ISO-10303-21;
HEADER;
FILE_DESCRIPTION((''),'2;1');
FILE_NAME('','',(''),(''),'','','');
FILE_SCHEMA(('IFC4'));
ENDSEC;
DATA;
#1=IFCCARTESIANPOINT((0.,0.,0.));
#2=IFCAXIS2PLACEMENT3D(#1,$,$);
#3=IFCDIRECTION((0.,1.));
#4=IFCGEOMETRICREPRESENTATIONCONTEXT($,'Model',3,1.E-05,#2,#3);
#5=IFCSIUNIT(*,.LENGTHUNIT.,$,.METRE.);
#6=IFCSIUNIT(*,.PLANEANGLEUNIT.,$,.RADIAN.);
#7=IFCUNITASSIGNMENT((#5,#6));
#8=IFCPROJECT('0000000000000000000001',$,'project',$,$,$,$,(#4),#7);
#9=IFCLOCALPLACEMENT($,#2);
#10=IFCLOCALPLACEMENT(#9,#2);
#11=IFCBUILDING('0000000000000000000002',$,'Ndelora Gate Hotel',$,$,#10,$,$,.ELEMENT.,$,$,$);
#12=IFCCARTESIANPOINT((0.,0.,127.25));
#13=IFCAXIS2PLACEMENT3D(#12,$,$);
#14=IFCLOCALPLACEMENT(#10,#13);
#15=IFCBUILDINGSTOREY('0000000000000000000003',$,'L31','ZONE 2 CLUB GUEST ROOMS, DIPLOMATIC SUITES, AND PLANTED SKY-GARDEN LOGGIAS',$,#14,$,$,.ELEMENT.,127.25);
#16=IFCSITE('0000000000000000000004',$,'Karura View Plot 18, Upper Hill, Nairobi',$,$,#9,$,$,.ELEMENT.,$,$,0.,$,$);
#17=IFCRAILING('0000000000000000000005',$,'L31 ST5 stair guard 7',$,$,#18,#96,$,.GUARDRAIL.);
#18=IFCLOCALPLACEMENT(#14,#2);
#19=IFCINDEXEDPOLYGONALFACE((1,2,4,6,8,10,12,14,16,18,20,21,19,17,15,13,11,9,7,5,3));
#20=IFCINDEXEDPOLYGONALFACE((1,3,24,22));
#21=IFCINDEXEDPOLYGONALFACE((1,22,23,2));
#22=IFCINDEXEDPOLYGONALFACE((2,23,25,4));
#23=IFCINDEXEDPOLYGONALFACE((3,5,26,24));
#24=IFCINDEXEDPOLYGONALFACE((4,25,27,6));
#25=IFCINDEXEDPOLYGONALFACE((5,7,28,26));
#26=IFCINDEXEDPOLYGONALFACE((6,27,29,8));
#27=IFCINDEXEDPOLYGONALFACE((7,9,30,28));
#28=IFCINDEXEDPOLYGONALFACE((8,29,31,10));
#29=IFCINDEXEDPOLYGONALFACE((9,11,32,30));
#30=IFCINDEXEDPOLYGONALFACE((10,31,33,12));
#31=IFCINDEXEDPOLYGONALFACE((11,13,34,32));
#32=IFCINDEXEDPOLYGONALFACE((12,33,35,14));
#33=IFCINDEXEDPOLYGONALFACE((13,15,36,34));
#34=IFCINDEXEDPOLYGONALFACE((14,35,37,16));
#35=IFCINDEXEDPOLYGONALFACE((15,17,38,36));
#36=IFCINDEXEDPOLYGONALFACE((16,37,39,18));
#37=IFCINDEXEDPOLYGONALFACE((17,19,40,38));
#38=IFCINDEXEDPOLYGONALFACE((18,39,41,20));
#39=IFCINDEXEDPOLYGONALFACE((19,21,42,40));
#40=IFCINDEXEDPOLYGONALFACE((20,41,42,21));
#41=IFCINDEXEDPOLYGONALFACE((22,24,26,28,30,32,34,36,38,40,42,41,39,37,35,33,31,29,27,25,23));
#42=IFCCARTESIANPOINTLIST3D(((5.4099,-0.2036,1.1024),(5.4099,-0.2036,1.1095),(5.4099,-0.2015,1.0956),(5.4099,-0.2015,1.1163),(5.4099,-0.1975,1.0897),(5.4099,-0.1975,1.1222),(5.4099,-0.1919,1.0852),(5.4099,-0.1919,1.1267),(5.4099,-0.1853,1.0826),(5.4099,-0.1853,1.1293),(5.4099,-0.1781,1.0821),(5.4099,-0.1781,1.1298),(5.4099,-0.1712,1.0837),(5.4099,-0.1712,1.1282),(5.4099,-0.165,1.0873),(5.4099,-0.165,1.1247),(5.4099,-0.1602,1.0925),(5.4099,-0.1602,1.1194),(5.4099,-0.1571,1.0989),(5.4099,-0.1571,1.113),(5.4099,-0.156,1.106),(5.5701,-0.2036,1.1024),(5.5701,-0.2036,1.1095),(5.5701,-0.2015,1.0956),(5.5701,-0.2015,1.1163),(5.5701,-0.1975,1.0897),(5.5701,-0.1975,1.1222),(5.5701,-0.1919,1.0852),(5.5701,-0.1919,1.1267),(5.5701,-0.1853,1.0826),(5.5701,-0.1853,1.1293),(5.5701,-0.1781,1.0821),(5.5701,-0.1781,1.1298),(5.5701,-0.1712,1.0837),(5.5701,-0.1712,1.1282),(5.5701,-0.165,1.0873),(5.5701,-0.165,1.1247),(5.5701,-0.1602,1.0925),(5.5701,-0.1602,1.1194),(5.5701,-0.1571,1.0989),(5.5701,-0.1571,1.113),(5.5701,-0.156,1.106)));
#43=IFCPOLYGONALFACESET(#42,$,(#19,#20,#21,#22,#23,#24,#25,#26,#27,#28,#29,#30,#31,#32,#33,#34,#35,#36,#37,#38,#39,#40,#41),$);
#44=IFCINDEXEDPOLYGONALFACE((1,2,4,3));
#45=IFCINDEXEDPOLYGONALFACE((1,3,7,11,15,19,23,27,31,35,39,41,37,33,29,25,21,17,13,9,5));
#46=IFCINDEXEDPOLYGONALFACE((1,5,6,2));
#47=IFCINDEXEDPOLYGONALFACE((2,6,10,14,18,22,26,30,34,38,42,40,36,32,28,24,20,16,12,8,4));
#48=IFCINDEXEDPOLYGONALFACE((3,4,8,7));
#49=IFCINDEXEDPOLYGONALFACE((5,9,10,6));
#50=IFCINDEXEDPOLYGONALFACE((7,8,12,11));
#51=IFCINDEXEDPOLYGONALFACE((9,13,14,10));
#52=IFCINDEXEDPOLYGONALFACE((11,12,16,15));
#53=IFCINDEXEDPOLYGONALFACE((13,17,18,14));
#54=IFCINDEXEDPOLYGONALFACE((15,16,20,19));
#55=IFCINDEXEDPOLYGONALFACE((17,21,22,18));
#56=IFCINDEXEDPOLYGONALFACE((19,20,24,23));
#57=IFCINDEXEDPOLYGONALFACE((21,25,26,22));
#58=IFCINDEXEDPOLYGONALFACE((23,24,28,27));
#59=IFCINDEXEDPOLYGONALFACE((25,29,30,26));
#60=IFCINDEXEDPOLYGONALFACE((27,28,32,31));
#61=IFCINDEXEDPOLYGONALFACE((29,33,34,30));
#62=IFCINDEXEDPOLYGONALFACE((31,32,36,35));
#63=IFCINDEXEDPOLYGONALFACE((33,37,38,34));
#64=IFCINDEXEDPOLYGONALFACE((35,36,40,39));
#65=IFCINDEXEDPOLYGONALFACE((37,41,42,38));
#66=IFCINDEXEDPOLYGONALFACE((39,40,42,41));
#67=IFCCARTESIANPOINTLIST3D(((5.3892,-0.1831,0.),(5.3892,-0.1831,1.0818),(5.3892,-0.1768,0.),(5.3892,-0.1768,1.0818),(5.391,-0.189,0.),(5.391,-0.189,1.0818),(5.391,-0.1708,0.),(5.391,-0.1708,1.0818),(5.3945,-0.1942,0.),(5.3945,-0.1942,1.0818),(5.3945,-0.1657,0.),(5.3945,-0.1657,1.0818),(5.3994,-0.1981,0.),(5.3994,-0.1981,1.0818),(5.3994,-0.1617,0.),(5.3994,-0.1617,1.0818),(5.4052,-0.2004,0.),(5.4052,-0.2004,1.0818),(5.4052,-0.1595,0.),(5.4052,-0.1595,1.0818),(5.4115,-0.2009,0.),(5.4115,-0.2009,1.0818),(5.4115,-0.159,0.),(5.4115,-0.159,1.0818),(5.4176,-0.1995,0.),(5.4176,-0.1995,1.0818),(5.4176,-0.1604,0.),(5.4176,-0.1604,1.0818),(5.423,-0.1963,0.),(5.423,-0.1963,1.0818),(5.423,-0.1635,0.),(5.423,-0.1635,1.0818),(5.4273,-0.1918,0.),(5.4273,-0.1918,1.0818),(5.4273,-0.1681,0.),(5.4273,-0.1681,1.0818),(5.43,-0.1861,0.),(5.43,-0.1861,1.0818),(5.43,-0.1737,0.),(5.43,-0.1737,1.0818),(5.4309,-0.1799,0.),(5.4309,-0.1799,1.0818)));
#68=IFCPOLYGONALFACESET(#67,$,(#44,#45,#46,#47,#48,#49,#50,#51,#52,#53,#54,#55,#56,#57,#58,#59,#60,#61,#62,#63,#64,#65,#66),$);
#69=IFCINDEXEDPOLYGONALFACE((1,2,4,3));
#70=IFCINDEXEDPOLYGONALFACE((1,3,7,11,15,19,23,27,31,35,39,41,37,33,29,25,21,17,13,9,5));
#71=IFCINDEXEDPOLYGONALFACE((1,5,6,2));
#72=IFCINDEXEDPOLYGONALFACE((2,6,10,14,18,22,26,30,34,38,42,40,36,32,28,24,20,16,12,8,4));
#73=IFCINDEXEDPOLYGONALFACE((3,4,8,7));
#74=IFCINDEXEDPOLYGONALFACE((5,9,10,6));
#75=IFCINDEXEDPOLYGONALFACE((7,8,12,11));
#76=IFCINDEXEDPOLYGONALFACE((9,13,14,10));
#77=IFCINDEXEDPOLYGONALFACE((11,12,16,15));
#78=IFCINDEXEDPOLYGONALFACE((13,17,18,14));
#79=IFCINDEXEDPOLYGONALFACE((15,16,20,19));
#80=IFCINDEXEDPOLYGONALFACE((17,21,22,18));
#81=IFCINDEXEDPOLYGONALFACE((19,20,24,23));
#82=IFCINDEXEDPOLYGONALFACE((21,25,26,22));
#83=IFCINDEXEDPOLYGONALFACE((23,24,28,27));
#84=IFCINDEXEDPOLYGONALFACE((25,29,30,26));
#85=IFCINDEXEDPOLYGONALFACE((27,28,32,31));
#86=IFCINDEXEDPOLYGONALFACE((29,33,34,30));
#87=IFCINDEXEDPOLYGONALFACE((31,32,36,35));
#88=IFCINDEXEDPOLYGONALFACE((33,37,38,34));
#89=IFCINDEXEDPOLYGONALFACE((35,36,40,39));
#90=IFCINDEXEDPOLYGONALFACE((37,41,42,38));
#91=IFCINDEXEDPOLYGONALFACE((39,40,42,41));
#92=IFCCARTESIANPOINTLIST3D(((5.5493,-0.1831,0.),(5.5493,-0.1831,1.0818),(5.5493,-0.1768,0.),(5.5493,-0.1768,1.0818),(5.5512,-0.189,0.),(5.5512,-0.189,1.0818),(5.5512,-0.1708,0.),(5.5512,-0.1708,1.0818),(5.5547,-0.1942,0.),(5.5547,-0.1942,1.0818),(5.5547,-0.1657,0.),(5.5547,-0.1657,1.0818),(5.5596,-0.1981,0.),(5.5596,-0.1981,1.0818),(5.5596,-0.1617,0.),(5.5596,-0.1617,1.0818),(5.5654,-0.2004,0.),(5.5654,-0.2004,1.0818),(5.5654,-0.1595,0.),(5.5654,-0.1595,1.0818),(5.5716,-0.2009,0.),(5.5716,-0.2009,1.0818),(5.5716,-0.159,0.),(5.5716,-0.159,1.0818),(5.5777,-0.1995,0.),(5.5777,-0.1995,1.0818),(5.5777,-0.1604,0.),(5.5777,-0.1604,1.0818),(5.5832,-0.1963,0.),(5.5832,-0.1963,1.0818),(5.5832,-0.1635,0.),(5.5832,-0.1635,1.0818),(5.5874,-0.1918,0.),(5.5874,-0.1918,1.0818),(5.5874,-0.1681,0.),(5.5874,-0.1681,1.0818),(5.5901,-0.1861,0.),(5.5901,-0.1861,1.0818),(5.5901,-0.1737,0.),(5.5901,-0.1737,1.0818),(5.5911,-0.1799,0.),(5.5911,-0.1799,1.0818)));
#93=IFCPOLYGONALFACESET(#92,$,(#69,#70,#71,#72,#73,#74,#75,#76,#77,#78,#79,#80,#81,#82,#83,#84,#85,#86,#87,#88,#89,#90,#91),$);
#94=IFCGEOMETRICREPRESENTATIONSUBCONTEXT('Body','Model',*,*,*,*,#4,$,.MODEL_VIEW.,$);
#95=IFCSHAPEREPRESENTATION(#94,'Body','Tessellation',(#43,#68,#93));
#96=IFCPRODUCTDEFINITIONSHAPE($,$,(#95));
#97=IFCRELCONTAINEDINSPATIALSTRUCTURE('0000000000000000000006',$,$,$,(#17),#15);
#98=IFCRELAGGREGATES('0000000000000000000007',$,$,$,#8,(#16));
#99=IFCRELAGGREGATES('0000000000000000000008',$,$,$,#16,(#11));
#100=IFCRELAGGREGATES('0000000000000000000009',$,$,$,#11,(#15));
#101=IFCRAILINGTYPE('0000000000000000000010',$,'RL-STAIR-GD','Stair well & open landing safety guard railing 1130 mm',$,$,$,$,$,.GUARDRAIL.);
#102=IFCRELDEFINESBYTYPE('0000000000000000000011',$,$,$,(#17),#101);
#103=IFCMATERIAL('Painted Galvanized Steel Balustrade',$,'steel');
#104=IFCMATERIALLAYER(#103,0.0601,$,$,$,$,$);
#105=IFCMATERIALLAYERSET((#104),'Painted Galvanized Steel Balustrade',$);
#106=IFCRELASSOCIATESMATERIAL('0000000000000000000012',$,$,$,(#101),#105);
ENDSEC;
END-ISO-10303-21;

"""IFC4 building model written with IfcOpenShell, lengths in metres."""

from ifc_helpers import new_model, si_unit, direction, frame, origin, origin_2d, place, context, subcontext, project, spatial, circle, extrude, material, layer, layer_set, type_object, element, save


model = new_model("IFC4")

# Units and contexts
model_context = context("Model", 3, precision=1e-05, world=origin(), true_north=direction((0.0, 1.0)))
body_context = subcontext(model_context, "Body", "Model", "MODEL_VIEW")
ifc_project = project(units=[si_unit("LENGTHUNIT", "METRE"), si_unit("PLANEANGLEUNIT", "RADIAN")], contexts=[model_context])

# Site, building, storey
site_placement = place(None, origin())
site = spatial("IfcSite", under=ifc_project, at=site_placement, Name="Karura View Plot 18, Upper Hill, Nairobi", CompositionType="ELEMENT", RefElevation=0.0)
building_placement = place(site_placement, origin())
building = spatial("IfcBuilding", under=site, at=building_placement, Name="Ndelora Gate Hotel", CompositionType="ELEMENT")
storey_placement = place(building_placement, frame((0.0, 0.0, 127.25)))
storey = spatial("IfcBuildingStorey", under=building, at=storey_placement, Name="L31", Description="ZONE 2 CLUB GUEST ROOMS, DIPLOMATIC SUITES, AND PLANTED SKY-GARDEN LOGGIAS", CompositionType="ELEMENT", Elevation=127.25)

# Railing
ifc_material_1 = material(Name="Painted Galvanized Steel Balustrade", Category="steel")
ifc_layer_1 = layer(ifc_material_1, 0.0601)
ifc_layer_set_1 = layer_set([ifc_layer_1], Name="Painted Galvanized Steel Balustrade")
railing_type_1 = type_object("IfcRailingType", Name="RL-STAIR-GD", Description="Stair well & open landing safety guard railing 1130 mm", PredefinedType="GUARDRAIL", material=ifc_layer_set_1)
railing_1_placement = place(storey_placement, frame((5.4099, -0.1799, 0.0)))
element("IfcRailing", 1, at=railing_1_placement, inside=storey, type_object=railing_type_1, Name="L31 ST5 stair guard 7", PredefinedType="GUARDRAIL", context=body_context, shape_type="SweptSolid", body=[
    extrude(circle(Radius=0.0239, at=origin_2d()), frame((0.0, 0.0, 1.106), z_axis=(1.0, 0.0, 0.0), x_axis=(0.0, 1.0, 0.0)), (0.0, 0.0, 1.0), 0.1602),
    extrude(circle(Radius=0.021, at=origin_2d()), origin(), (0.0, 0.0, 1.0), 1.0818),
    extrude(circle(Radius=0.021, at=origin_2d()), frame((0.1602, 0.0, 0.0)), (0.0, 0.0, 1.0), 1.0818),
])

save(model, "model.ifc")
